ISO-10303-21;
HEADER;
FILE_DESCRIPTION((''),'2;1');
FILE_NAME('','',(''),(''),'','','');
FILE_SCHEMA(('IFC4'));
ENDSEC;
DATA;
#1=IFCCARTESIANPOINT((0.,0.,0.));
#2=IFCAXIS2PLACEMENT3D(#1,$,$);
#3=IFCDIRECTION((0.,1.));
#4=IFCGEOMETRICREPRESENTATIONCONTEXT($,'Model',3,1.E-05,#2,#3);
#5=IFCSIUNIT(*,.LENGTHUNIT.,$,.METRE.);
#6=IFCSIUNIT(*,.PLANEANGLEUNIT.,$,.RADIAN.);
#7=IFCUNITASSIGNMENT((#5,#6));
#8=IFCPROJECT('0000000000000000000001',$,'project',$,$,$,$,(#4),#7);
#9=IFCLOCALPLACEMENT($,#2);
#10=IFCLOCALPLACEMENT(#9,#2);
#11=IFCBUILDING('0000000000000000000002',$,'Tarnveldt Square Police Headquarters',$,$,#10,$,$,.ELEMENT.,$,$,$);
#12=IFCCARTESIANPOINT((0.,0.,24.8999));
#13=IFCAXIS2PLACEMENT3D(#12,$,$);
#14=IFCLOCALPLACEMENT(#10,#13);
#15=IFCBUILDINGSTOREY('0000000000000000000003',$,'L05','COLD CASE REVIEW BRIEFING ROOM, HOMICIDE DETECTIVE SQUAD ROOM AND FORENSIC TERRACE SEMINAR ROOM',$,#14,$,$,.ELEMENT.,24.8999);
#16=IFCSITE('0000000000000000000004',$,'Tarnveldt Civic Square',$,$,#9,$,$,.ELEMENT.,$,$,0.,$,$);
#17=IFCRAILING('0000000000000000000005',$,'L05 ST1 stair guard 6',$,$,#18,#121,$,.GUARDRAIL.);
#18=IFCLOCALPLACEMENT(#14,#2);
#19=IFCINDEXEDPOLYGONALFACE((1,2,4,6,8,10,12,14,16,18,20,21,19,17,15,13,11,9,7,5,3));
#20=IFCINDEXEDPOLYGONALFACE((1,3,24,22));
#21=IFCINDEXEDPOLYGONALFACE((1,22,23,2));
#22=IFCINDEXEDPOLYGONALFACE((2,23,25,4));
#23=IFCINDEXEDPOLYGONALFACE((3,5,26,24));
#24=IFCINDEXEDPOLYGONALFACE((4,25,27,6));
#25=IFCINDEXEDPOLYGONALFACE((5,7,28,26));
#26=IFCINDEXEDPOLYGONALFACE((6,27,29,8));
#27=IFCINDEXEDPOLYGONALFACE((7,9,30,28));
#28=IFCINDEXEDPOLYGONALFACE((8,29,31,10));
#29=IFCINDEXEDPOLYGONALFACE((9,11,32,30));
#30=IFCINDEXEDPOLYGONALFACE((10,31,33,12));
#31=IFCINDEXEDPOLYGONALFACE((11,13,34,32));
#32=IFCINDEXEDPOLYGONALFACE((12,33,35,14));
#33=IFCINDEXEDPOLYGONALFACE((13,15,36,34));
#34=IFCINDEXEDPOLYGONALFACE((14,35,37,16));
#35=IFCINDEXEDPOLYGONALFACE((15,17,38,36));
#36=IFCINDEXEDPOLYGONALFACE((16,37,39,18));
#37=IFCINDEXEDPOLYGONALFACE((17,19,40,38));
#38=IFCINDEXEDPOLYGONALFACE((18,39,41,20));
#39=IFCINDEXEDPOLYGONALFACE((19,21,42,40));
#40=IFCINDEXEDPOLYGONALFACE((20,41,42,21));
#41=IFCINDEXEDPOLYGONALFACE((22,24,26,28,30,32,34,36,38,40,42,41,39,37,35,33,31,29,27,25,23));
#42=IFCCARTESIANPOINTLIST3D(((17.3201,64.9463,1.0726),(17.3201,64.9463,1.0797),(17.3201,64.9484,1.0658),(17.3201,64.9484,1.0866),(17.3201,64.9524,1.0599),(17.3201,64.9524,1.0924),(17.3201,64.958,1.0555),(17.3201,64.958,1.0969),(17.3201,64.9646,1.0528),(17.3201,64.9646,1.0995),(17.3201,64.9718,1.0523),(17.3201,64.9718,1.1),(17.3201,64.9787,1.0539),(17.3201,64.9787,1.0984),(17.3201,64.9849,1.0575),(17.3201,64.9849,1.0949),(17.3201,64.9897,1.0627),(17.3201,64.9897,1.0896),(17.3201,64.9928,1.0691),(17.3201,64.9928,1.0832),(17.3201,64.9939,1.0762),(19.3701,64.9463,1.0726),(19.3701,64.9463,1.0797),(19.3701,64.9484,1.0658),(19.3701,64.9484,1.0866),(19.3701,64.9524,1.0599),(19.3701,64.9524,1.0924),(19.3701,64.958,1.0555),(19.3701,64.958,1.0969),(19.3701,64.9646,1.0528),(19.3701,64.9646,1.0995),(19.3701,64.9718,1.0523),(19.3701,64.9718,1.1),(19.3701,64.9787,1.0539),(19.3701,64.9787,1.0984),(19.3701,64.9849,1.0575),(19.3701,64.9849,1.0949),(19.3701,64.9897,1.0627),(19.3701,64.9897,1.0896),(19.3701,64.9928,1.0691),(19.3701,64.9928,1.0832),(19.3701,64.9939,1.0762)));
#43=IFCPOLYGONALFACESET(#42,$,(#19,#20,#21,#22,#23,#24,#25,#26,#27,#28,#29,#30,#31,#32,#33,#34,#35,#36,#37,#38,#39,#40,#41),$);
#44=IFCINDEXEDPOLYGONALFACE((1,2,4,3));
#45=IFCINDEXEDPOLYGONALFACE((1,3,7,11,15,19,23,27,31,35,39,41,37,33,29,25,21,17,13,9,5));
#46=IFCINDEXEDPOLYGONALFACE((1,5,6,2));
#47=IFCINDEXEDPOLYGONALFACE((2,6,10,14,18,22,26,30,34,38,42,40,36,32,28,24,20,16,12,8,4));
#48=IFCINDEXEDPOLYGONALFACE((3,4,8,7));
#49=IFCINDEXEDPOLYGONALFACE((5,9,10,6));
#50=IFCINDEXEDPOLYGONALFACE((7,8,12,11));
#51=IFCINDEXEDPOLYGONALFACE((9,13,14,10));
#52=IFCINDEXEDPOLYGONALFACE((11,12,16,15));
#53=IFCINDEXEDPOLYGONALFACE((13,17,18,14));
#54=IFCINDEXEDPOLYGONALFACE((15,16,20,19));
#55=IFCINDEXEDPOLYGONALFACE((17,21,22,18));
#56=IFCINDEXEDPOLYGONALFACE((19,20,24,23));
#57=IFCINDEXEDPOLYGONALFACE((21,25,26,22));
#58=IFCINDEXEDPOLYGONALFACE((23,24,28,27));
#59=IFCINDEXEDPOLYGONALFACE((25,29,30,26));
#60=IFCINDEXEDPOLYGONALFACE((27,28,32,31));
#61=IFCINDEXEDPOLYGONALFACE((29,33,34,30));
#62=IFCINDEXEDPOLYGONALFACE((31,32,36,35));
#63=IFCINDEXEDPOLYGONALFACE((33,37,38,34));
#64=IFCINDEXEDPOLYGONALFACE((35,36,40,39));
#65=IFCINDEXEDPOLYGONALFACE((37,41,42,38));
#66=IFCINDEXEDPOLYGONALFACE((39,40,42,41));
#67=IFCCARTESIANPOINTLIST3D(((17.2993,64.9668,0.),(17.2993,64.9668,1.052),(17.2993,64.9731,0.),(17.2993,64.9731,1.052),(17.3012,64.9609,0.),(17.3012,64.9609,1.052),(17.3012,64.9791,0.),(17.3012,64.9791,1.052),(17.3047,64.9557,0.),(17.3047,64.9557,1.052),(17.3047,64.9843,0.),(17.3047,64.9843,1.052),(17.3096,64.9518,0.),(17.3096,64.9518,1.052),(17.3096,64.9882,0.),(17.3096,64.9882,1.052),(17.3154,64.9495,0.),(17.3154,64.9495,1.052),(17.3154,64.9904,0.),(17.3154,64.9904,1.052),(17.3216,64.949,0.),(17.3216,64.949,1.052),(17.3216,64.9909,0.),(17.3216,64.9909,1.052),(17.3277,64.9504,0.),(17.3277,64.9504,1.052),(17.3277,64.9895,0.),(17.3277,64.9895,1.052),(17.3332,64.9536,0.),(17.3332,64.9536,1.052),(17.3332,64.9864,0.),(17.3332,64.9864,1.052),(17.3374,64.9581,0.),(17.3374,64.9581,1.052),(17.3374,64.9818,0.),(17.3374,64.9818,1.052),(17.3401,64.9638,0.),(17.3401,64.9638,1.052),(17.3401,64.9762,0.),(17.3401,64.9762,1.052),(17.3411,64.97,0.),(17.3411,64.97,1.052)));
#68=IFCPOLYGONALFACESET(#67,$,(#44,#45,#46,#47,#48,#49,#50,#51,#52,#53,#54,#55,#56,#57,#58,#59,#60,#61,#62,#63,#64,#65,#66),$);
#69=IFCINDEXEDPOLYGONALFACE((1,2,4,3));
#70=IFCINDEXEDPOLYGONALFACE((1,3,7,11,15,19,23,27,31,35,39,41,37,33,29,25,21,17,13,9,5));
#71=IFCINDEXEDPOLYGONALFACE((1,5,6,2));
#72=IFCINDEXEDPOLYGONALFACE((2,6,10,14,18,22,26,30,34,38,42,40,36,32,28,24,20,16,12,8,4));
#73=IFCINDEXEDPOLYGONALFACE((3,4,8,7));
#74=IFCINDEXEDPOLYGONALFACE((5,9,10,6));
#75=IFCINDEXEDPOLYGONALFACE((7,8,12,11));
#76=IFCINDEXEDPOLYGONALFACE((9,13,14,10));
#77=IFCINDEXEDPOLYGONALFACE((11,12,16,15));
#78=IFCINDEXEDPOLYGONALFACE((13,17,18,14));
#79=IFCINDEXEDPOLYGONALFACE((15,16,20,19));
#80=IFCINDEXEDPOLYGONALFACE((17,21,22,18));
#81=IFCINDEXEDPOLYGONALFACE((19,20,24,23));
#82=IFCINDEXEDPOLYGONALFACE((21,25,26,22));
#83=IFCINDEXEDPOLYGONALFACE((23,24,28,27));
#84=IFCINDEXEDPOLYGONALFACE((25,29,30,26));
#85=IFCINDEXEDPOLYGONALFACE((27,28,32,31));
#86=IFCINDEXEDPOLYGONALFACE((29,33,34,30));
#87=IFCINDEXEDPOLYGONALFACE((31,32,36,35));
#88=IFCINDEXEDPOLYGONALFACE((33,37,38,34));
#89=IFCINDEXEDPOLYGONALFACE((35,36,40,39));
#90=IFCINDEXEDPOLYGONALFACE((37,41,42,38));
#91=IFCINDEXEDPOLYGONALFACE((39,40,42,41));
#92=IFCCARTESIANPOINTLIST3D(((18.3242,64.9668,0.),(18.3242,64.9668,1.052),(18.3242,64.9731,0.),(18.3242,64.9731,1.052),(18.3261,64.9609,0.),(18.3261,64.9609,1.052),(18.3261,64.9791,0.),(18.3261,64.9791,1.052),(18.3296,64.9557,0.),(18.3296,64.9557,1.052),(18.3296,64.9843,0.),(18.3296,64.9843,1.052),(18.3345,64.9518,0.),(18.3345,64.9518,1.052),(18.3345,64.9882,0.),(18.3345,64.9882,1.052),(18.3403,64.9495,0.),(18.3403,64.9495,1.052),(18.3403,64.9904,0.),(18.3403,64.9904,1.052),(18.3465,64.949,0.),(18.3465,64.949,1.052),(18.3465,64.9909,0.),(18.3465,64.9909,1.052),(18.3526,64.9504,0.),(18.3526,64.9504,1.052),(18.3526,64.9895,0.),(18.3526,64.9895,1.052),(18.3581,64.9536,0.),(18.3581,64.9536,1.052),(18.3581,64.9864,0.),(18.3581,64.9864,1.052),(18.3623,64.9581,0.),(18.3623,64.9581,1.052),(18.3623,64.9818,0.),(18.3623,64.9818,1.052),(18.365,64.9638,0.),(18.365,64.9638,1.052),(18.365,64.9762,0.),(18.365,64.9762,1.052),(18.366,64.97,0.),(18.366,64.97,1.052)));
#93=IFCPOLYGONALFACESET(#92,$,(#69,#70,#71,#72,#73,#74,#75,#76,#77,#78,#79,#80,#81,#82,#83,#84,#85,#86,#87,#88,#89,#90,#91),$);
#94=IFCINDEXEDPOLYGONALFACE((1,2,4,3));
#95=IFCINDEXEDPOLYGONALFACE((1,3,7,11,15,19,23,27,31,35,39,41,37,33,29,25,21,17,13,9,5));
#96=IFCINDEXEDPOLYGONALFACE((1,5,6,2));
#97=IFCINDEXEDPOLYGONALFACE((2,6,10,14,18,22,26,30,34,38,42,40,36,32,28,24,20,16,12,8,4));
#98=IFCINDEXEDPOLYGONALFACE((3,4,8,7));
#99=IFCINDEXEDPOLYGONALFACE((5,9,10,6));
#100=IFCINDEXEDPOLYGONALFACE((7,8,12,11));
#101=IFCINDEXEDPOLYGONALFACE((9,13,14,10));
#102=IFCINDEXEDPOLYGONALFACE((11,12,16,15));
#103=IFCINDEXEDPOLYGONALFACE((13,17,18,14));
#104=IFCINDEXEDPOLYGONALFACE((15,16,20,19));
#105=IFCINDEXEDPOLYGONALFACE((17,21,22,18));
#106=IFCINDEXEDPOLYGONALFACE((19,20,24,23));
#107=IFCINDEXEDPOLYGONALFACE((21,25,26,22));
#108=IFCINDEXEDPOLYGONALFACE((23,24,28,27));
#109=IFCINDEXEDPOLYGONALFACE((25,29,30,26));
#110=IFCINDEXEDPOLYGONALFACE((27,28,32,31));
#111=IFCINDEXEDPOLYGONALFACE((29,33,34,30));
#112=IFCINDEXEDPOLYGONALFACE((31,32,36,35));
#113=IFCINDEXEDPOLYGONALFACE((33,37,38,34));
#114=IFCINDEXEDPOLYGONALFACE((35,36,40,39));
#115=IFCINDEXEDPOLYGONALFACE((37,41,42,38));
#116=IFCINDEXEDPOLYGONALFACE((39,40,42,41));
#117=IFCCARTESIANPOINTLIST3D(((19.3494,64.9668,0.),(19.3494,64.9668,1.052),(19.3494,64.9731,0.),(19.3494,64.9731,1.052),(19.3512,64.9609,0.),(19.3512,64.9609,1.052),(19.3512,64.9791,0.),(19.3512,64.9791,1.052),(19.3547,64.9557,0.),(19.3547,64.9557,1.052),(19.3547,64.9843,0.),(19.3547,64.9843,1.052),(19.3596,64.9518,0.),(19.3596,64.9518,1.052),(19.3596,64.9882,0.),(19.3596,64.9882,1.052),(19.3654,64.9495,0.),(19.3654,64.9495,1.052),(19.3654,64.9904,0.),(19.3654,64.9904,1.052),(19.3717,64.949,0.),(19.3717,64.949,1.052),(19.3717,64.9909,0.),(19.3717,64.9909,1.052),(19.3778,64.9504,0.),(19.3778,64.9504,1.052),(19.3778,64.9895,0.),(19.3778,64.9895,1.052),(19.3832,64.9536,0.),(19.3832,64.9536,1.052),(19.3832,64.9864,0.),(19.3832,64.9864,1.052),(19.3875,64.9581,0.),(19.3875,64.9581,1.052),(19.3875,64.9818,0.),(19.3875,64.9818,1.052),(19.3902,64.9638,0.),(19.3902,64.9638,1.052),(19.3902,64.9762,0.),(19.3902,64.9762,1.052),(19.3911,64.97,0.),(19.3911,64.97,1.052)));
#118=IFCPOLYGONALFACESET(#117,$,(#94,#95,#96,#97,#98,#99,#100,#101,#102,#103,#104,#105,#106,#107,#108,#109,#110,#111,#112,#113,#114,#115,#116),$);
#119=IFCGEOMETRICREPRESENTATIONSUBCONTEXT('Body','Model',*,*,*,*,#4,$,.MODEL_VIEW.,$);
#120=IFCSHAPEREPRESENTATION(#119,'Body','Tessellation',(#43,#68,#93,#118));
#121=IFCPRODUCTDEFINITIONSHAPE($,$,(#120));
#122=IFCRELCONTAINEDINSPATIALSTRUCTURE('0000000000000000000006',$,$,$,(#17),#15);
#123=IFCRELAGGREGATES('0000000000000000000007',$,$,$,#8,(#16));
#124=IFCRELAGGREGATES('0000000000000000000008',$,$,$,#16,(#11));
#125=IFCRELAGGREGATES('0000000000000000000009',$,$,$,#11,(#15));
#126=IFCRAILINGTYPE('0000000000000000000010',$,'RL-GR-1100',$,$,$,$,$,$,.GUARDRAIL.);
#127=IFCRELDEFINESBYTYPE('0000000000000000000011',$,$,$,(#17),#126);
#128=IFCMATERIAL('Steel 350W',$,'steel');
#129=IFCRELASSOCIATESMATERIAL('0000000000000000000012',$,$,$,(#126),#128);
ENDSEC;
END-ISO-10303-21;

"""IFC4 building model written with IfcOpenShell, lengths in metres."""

from ifc_helpers import new_model, si_unit, direction, frame, origin, origin_2d, place, context, subcontext, project, spatial, circle, extrude, material, type_object, element, save


model = new_model("IFC4")

# Units and contexts
model_context = context("Model", 3, precision=1e-05, world=origin(), true_north=direction((0.0, 1.0)))
body_context = subcontext(model_context, "Body", "Model", "MODEL_VIEW")
ifc_project = project(units=[si_unit("LENGTHUNIT", "METRE"), si_unit("PLANEANGLEUNIT", "RADIAN")], contexts=[model_context])

# Site, building, storey
site_placement = place(None, origin())
site = spatial("IfcSite", under=ifc_project, at=site_placement, Name="Tarnveldt Civic Square", CompositionType="ELEMENT", RefElevation=0.0)
building_placement = place(site_placement, origin())
building = spatial("IfcBuilding", under=site, at=building_placement, Name="Tarnveldt Square Police Headquarters", CompositionType="ELEMENT")
storey_placement = place(building_placement, frame((0.0, 0.0, 24.8999)))
storey = spatial("IfcBuildingStorey", under=building, at=storey_placement, Name="L05", Description="COLD CASE REVIEW BRIEFING ROOM, HOMICIDE DETECTIVE SQUAD ROOM AND FORENSIC TERRACE SEMINAR ROOM", CompositionType="ELEMENT", Elevation=24.8999)

# Shared definitions
ifc_material_1 = material(Name="Steel 350W", Category="steel")

# Railing
railing_type_1 = type_object("IfcRailingType", Name="RL-GR-1100", PredefinedType="GUARDRAIL", material=ifc_material_1)
railing_1_placement = place(storey_placement, frame((17.3201, 64.97, 0.0)))
element("IfcRailing", 1, at=railing_1_placement, inside=storey, type_object=railing_type_1, Name="L05 ST1 stair guard 6", PredefinedType="GUARDRAIL", context=body_context, shape_type="SweptSolid", body=[
    extrude(circle(Radius=0.0239, at=origin_2d()), frame((0.0, 0.0, 1.0762), z_axis=(1.0, 0.0, 0.0), x_axis=(0.0, 1.0, 0.0)), (0.0, 0.0, 1.0), 2.05),
    extrude(circle(Radius=0.021, at=origin_2d()), origin(), (0.0, 0.0, 1.0), 1.052),
    extrude(circle(Radius=0.021, at=origin_2d()), frame((1.0249, 0.0, 0.0)), (0.0, 0.0, 1.0), 1.052),
    extrude(circle(Radius=0.021, at=origin_2d()), frame((2.05, 0.0, 0.0)), (0.0, 0.0, 1.0), 1.052),
])

save(model, "model.ifc")
